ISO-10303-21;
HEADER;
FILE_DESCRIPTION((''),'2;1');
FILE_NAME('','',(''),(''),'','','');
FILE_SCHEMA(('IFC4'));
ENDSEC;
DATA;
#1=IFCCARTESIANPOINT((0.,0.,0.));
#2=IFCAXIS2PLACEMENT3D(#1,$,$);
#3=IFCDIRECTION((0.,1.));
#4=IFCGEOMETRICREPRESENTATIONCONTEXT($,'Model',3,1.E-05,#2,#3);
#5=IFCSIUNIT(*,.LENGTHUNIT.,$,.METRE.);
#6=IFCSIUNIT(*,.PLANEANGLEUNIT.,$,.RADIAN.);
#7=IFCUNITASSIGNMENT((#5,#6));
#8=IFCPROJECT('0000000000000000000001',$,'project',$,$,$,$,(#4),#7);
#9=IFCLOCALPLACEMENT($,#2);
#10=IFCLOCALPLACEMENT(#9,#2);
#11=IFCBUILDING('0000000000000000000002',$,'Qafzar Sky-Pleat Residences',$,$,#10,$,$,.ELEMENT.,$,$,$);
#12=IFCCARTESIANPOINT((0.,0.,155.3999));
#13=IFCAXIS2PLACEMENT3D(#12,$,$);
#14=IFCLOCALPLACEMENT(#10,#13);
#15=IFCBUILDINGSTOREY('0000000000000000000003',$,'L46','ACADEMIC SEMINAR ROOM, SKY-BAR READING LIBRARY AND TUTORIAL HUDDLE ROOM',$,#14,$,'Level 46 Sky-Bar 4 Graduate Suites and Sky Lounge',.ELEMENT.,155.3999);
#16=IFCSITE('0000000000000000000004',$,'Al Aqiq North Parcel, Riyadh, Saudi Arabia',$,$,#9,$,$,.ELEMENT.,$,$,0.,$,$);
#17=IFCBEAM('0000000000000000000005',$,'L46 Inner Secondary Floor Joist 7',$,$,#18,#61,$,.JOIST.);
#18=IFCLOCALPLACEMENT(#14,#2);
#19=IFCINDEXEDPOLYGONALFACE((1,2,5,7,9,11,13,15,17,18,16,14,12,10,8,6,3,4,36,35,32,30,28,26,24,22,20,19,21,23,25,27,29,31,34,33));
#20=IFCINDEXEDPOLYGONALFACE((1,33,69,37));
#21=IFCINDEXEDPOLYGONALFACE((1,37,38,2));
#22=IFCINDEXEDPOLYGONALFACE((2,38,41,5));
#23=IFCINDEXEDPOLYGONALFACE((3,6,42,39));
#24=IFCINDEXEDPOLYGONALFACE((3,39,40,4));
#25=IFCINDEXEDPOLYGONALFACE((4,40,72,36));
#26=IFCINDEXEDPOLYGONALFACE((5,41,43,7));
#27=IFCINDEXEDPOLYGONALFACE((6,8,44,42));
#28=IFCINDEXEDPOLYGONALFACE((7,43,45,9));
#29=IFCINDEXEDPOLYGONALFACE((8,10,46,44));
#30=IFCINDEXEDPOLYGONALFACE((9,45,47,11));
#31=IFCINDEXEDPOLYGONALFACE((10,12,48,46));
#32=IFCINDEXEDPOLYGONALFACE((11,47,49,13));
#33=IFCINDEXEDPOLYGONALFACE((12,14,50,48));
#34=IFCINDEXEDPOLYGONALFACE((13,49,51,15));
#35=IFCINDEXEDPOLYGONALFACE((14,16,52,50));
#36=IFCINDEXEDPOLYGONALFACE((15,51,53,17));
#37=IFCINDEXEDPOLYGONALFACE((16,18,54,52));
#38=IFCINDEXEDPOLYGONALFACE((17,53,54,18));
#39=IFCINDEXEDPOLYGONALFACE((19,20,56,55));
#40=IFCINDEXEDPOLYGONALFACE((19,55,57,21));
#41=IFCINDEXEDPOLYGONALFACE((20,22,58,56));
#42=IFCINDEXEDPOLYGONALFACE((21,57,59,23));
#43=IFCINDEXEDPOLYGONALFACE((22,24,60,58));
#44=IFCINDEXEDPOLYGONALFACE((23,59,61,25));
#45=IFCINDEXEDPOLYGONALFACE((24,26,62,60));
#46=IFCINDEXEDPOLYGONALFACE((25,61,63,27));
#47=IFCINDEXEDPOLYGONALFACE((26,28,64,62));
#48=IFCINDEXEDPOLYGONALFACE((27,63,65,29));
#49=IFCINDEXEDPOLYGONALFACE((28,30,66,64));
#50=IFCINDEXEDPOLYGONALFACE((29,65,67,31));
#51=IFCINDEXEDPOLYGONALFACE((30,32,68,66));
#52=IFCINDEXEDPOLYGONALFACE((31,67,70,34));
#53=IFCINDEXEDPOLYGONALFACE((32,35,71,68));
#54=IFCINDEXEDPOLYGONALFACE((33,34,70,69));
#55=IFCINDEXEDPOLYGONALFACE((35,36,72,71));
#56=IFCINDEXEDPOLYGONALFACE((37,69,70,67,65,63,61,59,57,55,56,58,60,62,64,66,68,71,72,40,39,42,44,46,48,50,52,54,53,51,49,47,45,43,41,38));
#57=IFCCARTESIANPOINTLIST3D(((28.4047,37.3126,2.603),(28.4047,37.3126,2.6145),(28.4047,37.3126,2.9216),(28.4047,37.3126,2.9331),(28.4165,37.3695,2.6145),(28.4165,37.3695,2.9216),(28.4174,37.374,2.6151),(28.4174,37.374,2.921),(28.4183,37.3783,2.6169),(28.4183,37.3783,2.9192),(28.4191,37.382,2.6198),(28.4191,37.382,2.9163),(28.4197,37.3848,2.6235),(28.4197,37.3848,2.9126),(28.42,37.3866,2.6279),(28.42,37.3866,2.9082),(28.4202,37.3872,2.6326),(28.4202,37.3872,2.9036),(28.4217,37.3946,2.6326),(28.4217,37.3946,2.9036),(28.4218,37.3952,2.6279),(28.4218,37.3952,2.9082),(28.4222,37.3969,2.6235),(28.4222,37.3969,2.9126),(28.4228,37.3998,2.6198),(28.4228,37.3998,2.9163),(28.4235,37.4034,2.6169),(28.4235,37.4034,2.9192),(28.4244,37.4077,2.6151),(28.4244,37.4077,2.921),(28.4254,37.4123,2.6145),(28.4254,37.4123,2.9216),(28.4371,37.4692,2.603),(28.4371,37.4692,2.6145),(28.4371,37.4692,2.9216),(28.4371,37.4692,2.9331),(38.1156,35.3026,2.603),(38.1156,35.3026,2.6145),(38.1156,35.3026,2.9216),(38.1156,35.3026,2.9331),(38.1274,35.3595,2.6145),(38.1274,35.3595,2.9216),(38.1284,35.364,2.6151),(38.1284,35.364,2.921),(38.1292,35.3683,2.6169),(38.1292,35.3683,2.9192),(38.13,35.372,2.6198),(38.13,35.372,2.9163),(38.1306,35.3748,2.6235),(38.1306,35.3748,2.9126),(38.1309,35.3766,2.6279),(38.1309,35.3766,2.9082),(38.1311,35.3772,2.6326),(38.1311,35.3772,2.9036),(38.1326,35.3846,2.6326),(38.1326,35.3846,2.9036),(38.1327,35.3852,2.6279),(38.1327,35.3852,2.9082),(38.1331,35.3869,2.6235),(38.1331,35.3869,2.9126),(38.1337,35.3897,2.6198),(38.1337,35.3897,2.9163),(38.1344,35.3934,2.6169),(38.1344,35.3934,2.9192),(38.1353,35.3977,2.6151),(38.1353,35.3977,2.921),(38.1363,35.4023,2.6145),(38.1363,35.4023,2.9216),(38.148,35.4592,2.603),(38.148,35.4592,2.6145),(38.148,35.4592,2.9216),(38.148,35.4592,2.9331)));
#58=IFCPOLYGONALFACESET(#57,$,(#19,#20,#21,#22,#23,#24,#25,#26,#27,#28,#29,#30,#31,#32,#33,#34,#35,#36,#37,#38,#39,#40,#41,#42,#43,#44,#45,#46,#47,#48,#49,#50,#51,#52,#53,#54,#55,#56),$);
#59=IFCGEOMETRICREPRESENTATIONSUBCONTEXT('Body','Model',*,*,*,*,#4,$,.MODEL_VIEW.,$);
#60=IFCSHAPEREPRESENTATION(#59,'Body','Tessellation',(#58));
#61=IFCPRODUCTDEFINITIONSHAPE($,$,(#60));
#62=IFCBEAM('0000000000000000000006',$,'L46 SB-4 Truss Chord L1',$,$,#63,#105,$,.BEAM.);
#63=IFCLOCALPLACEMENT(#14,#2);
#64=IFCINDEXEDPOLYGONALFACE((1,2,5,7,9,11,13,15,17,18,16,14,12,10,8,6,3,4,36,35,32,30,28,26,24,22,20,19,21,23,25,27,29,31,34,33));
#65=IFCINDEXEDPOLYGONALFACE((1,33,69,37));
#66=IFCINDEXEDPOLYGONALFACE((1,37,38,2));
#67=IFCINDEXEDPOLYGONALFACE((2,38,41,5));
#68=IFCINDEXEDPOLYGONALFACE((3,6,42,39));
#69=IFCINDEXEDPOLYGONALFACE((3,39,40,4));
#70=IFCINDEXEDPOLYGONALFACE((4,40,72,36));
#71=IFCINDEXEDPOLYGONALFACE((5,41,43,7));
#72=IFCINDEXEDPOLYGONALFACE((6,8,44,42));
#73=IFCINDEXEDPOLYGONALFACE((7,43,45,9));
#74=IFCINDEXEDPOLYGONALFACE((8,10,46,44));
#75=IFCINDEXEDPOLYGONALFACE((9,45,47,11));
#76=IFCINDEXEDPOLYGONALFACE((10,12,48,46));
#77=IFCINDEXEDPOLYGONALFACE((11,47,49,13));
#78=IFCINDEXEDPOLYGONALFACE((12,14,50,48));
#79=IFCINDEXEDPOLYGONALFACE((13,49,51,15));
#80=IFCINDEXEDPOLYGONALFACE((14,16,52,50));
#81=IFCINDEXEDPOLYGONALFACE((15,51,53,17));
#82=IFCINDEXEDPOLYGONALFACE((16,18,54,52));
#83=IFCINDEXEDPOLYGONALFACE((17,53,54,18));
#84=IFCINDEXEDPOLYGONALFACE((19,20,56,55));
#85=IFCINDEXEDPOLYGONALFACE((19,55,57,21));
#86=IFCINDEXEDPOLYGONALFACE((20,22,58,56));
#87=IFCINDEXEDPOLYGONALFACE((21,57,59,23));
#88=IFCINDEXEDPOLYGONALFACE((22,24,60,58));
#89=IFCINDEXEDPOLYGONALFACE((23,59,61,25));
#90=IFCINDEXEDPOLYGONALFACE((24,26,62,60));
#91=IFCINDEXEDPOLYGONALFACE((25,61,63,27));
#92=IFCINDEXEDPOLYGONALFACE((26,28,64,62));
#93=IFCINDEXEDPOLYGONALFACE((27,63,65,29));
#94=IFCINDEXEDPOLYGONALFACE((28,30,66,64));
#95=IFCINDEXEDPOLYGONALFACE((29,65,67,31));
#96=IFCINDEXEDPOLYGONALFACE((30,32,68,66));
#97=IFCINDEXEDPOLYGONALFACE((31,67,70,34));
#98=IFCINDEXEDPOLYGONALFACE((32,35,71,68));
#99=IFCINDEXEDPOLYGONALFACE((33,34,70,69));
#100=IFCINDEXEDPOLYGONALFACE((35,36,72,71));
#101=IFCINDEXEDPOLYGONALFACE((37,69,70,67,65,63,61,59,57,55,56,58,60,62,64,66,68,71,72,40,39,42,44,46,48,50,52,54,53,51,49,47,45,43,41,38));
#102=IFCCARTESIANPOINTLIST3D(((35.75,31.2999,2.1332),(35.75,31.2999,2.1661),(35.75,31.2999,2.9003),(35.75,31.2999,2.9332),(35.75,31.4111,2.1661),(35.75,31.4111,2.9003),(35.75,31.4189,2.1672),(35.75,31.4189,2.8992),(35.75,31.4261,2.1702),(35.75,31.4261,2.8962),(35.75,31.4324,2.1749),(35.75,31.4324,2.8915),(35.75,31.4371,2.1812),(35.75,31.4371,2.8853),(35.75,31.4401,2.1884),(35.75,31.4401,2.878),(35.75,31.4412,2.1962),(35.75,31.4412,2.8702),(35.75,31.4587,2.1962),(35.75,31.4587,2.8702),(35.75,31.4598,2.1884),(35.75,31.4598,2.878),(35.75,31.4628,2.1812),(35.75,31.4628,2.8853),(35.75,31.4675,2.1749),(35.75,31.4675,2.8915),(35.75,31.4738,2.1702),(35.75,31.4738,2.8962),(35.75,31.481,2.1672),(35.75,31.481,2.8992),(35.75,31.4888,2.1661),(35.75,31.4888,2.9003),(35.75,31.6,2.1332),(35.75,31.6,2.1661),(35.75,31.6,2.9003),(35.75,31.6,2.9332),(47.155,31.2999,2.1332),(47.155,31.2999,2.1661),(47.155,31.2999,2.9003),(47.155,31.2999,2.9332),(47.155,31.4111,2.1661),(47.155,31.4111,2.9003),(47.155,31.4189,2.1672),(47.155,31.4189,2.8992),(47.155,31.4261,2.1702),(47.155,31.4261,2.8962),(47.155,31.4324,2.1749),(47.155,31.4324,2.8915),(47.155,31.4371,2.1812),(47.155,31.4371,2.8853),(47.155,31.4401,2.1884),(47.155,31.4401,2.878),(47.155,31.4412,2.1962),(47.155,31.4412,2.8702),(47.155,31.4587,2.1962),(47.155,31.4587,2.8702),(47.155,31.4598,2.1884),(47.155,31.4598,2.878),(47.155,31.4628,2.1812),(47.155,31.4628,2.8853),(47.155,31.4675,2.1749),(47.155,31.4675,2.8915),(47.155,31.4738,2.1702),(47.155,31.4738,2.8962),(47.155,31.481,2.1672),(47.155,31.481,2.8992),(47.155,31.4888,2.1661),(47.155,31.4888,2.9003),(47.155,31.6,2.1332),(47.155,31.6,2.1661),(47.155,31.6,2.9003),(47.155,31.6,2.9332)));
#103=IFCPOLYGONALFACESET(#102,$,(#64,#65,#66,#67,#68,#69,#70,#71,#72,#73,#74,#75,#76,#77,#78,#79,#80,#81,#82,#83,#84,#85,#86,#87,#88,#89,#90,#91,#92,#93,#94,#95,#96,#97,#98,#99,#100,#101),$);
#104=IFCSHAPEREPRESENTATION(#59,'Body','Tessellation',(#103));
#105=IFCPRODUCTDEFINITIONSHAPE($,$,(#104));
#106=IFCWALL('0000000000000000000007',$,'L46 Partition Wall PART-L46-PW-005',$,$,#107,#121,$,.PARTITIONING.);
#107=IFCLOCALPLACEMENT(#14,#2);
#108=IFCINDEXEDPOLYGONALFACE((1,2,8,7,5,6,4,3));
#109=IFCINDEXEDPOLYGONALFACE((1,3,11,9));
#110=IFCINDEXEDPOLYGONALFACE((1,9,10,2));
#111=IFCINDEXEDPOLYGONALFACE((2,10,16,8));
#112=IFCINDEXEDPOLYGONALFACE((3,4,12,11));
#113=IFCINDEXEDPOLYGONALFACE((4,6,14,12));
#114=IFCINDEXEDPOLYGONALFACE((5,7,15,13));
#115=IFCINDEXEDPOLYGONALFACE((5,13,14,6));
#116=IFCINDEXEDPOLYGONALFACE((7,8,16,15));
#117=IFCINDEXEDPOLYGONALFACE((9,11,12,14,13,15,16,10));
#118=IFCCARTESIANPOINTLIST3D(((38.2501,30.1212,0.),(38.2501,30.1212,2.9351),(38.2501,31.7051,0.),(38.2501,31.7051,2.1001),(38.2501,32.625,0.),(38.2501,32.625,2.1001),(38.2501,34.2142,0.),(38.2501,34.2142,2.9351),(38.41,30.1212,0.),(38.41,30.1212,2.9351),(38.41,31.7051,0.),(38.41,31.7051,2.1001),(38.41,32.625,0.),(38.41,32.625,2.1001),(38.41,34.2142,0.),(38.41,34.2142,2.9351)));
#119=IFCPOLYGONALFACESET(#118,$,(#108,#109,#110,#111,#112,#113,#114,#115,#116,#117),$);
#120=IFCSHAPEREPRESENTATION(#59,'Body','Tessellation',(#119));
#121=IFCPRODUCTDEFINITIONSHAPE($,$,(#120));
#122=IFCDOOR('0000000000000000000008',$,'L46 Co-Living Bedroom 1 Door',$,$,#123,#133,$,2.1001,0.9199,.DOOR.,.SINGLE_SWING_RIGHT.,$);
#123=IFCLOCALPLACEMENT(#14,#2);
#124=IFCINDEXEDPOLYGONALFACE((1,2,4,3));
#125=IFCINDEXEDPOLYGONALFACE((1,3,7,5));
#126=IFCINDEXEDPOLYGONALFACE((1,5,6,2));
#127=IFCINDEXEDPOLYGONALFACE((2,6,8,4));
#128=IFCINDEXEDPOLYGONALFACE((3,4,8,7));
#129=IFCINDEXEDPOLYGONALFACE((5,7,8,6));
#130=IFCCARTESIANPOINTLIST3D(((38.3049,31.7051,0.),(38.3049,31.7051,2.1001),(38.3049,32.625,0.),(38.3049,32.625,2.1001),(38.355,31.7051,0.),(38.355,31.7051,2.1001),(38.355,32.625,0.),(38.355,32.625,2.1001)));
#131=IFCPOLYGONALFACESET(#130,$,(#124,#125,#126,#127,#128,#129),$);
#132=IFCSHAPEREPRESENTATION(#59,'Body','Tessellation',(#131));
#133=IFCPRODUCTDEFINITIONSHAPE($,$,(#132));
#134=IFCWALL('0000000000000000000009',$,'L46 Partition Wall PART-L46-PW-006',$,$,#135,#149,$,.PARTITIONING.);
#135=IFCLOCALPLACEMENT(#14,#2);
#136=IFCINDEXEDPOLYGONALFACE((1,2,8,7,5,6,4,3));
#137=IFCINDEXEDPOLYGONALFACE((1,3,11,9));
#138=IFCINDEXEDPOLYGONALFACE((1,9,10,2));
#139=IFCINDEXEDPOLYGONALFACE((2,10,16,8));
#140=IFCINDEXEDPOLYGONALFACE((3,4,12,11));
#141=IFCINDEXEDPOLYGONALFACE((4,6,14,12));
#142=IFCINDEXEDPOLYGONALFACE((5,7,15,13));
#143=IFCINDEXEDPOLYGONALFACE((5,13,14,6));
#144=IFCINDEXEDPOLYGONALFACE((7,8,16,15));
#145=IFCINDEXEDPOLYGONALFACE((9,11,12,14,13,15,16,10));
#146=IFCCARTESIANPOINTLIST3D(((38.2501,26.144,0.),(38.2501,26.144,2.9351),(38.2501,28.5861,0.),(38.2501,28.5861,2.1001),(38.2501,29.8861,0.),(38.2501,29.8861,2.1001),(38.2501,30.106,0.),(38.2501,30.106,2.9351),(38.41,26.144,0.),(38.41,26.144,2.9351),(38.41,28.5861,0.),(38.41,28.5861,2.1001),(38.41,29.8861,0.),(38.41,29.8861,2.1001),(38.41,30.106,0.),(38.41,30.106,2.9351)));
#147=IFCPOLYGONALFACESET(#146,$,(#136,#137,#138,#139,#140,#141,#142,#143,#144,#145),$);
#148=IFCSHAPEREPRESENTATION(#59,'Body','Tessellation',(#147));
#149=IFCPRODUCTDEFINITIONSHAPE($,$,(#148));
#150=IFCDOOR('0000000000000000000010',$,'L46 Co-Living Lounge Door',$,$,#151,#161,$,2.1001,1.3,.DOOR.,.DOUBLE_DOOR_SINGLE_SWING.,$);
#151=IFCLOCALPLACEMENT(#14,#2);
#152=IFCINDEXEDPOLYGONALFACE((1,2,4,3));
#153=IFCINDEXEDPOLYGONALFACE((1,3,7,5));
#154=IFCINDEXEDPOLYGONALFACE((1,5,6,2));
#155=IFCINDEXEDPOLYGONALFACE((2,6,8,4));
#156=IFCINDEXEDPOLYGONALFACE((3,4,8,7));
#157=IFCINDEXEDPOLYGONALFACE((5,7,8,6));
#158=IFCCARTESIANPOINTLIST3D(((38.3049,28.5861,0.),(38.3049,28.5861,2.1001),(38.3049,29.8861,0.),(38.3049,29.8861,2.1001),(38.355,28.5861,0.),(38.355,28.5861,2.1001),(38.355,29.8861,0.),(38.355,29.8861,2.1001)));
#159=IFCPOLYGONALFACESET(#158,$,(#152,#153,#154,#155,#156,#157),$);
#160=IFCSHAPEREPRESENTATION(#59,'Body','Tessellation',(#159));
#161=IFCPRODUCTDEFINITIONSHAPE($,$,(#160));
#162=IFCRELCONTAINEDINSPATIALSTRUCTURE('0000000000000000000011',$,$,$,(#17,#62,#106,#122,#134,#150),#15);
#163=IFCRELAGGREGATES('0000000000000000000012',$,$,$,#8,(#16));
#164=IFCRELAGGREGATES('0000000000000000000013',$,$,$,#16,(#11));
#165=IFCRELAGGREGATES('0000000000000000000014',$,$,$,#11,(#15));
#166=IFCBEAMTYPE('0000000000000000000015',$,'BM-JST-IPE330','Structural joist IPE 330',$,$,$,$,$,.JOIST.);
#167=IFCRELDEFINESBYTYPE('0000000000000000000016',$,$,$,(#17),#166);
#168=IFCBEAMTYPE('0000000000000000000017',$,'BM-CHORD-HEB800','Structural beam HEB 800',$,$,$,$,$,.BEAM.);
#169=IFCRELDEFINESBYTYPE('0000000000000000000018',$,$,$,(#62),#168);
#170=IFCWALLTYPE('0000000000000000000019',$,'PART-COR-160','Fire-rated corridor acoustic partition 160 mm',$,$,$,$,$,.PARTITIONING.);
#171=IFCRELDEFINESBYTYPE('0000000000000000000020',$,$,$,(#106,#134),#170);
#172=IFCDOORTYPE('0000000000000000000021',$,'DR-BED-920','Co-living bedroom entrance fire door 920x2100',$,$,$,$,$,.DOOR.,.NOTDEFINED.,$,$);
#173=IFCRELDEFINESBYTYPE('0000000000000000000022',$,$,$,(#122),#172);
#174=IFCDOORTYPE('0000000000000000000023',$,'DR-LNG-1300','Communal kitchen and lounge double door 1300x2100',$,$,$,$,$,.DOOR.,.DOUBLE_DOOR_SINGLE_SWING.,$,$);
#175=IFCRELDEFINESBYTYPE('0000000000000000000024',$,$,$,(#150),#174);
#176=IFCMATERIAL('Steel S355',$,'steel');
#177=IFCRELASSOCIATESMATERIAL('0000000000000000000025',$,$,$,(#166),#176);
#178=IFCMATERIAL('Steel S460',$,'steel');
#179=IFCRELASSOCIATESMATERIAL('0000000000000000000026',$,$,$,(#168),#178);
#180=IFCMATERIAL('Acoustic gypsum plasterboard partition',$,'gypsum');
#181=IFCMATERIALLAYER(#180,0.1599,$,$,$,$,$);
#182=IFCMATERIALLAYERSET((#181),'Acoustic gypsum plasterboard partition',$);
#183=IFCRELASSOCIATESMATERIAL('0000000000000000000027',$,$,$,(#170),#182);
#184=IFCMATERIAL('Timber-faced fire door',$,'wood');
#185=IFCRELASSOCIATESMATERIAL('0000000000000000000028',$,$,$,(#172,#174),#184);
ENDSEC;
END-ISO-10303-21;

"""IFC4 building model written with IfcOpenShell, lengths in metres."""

from ifc_helpers import new_model, si_unit, direction, frame, frame_2d, origin, origin_2d, place, context, subcontext, project, spatial, rectangle, i_section, extrude, source, transform, mapped, material, layer, layer_set, material_profile, profile_set, type_object, element, fill, save


model = new_model("IFC4")

# Units and contexts
model_context = context("Model", 3, precision=1e-05, world=origin(), true_north=direction((0.0, 1.0)))
body_context = subcontext(model_context, "Body", "Model", "MODEL_VIEW")
ifc_project = project(units=[si_unit("LENGTHUNIT", "METRE"), si_unit("PLANEANGLEUNIT", "RADIAN")], contexts=[model_context])

# Site, building, storey
site_placement = place(None, origin())
site = spatial("IfcSite", under=ifc_project, at=site_placement, Name="Al Aqiq North Parcel, Riyadh, Saudi Arabia", CompositionType="ELEMENT", RefElevation=0.0)
building_placement = place(site_placement, origin())
building = spatial("IfcBuilding", under=site, at=building_placement, Name="Qafzar Sky-Pleat Residences", CompositionType="ELEMENT")
storey_placement = place(building_placement, frame((0.0, 0.0, 155.3999)))
storey = spatial("IfcBuildingStorey", under=building, at=storey_placement, Name="L46", Description="ACADEMIC SEMINAR ROOM, SKY-BAR READING LIBRARY AND TUTORIAL HUDDLE ROOM", LongName="Level 46 Sky-Bar 4 Graduate Suites and Sky Lounge", CompositionType="ELEMENT", Elevation=155.3999)

# Beams
ifc_material_1 = material(Name="Steel S355", Category="steel")
ifc_material_profile_1 = material_profile(ifc_material_1, i_section(OverallWidth=0.1599, OverallDepth=0.3301, WebThickness=0.0076, FlangeThickness=0.0115, FilletRadius=0.0181, at=origin_2d()), Name="IPE 330")
ifc_profile_set_1 = profile_set([ifc_material_profile_1], Name="Steel S355")
beam_type_1 = type_object("IfcBeamType", Name="BM-JST-IPE330", Description="Structural joist IPE 330", PredefinedType="JOIST", material=ifc_profile_set_1)
shared_shape_1 = source(origin(), body_context, "Body", "SweptSolid", [
    extrude(i_section(OverallWidth=0.1599, OverallDepth=0.3301, WebThickness=0.0076, FlangeThickness=0.0115, FilletRadius=0.0181, at=origin_2d()), origin(), (0.0, 0.0, 1.0), 9.9167),
])
beam_1_placement = place(storey_placement, frame((38.1318, 35.3809, 2.7681), z_axis=(-0.979243, 0.202688, 0.0), x_axis=(-0.202688, -0.979243, 0.0)))
element("IfcBeam", 1, at=beam_1_placement, inside=storey, type_object=beam_type_1, Name="L46 Inner Secondary Floor Joist 7", PredefinedType="JOIST", context=body_context, shape_type="MappedRepresentation", body=[
    mapped(shared_shape_1, transform((0.0, 0.0, 0.0), x_axis=(1.0, 0.0, 0.0), y_axis=(0.0, 1.0, 0.0), z_axis=(0.0, 0.0, 1.0), scale=1.0)),
])
ifc_material_2 = material(Name="Steel S460", Category="steel")
ifc_material_profile_2 = material_profile(ifc_material_2, i_section(OverallWidth=0.3, OverallDepth=0.8, WebThickness=0.0176, FlangeThickness=0.033, FilletRadius=0.03, at=origin_2d()), Name="HEB 800")
ifc_profile_set_2 = profile_set([ifc_material_profile_2], Name="Steel S460")
beam_type_2 = type_object("IfcBeamType", Name="BM-CHORD-HEB800", Description="Structural beam HEB 800", PredefinedType="BEAM", material=ifc_profile_set_2)
shared_shape_2 = source(origin(), body_context, "Body", "SweptSolid", [
    extrude(i_section(OverallWidth=0.3, OverallDepth=0.8, WebThickness=0.0176, FlangeThickness=0.033, FilletRadius=0.03, at=origin_2d()), origin(), (0.0, 0.0, 1.0), 11.405),
])
beam_2_placement = place(storey_placement, frame((35.75, 31.45, 2.5332), z_axis=(1.0, 0.0, 0.0), x_axis=(0.0, 1.0, 0.0)))
element("IfcBeam", 2, at=beam_2_placement, inside=storey, type_object=beam_type_2, Name="L46 SB-4 Truss Chord L1", PredefinedType="BEAM", context=body_context, shape_type="MappedRepresentation", body=[
    mapped(shared_shape_2, transform((0.0, 0.0, 0.0), x_axis=(1.0, 0.0, 0.0), y_axis=(0.0, 1.0, 0.0), z_axis=(0.0, 0.0, 1.0), scale=1.0)),
])

# Walls, openings, doors
ifc_material_3 = material(Name="Acoustic gypsum plasterboard partition", Category="gypsum")
ifc_layer_1 = layer(ifc_material_3, 0.1599)
ifc_layer_set_1 = layer_set([ifc_layer_1], Name="Acoustic gypsum plasterboard partition")
wall_type_1 = type_object("IfcWallType", Name="PART-COR-160", Description="Fire-rated corridor acoustic partition 160 mm", PredefinedType="PARTITIONING", material=ifc_layer_set_1)
wall_1_placement = place(storey_placement, frame((38.3301, 34.2141, 0.0), z_axis=(0.0, 0.0, 1.0), x_axis=(0.0, -1.0, 0.0)))
wall_1 = element("IfcWall", 3, at=wall_1_placement, inside=storey, type_object=wall_type_1, Name="L46 Partition Wall PART-L46-PW-005", PredefinedType="PARTITIONING", context=body_context, shape_type="SweptSolid", body=[
    extrude(rectangle(XDim=4.093, YDim=0.1599, at=frame_2d((2.0464, 0.0))), origin(), (0.0, 0.0, 1.0), 2.9351),
])
opening_1_placement = place(wall_1_placement, frame((1.5891, 0.0, 0.0)))
opening_1 = element("IfcOpeningElement", 4, at=opening_1_placement, cuts=wall_1, PredefinedType="OPENING", context=body_context, shape_type="SweptSolid", body=[
    extrude(rectangle(XDim=0.9199, YDim=2.1001, at=frame_2d((0.46, 1.05))), frame((0.0, 0.0898, 0.0), z_axis=(0.0, -1.0, 0.0), x_axis=(1.0, 0.0, 0.0)), (0.0, 0.0, 1.0), 0.1799),
])
ifc_material_4 = material(Name="Timber-faced fire door", Category="wood")
door_type_1 = type_object("IfcDoorType", Name="DR-BED-920", Description="Co-living bedroom entrance fire door 920x2100", OperationType="NOTDEFINED", PredefinedType="DOOR", material=ifc_material_4)
shared_shape_3 = source(origin(), body_context, "Body", "SweptSolid", [
    extrude(rectangle(XDim=0.9199, YDim=2.1001, at=frame_2d((0.46, 1.05))), frame((0.0, 0.0249, 0.0), z_axis=(0.0, -1.0, 0.0), x_axis=(1.0, 0.0, 0.0)), (0.0, 0.0, 1.0), 0.05),
])
door_1_placement = place(opening_1_placement, origin())
door_1 = element("IfcDoor", 5, at=door_1_placement, inside=storey, type_object=door_type_1, Name="L46 Co-Living Bedroom 1 Door", OperationType="SINGLE_SWING_RIGHT", OverallHeight=2.1001, OverallWidth=0.9199, PredefinedType="DOOR", context=body_context, shape_type="MappedRepresentation", body=[
    mapped(shared_shape_3, transform((0.0, 0.0, 0.0), x_axis=(1.0, 0.0, 0.0), y_axis=(0.0, 1.0, 0.0), z_axis=(0.0, 0.0, 1.0), scale=1.0)),
])
fill(opening_1, door_1)
wall_2_placement = place(storey_placement, frame((38.3301, 30.106, 0.0), z_axis=(0.0, 0.0, 1.0), x_axis=(0.0, -1.0, 0.0)))
wall_2 = element("IfcWall", 6, at=wall_2_placement, inside=storey, type_object=wall_type_1, Name="L46 Partition Wall PART-L46-PW-006", PredefinedType="PARTITIONING", context=body_context, shape_type="SweptSolid", body=[
    extrude(rectangle(XDim=3.9619, YDim=0.1599, at=frame_2d((1.981, 0.0))), origin(), (0.0, 0.0, 1.0), 2.9351),
])
opening_2_placement = place(wall_2_placement, frame((0.22, 0.0, 0.0)))
opening_2 = element("IfcOpeningElement", 7, at=opening_2_placement, cuts=wall_2, PredefinedType="OPENING", context=body_context, shape_type="SweptSolid", body=[
    extrude(rectangle(XDim=1.3, YDim=2.1001, at=frame_2d((0.6499, 1.05))), frame((0.0, 0.0898, 0.0), z_axis=(0.0, -1.0, 0.0), x_axis=(1.0, 0.0, 0.0)), (0.0, 0.0, 1.0), 0.1799),
])
door_type_2 = type_object("IfcDoorType", Name="DR-LNG-1300", Description="Communal kitchen and lounge double door 1300x2100", OperationType="DOUBLE_DOOR_SINGLE_SWING", PredefinedType="DOOR", material=ifc_material_4)
shared_shape_4 = source(origin(), body_context, "Body", "SweptSolid", [
    extrude(rectangle(XDim=1.3, YDim=2.1001, at=frame_2d((0.6499, 1.05))), frame((0.0, 0.0249, 0.0), z_axis=(0.0, -1.0, 0.0), x_axis=(1.0, 0.0, 0.0)), (0.0, 0.0, 1.0), 0.05),
])
door_2_placement = place(opening_2_placement, origin())
door_2 = element("IfcDoor", 8, at=door_2_placement, inside=storey, type_object=door_type_2, Name="L46 Co-Living Lounge Door", OperationType="DOUBLE_DOOR_SINGLE_SWING", OverallHeight=2.1001, OverallWidth=1.3, PredefinedType="DOOR", context=body_context, shape_type="MappedRepresentation", body=[
    mapped(shared_shape_4, transform((0.0, 0.0, 0.0), x_axis=(1.0, 0.0, 0.0), y_axis=(0.0, 1.0, 0.0), z_axis=(0.0, 0.0, 1.0), scale=1.0)),
])
fill(opening_2, door_2)

save(model, "model.ifc")
